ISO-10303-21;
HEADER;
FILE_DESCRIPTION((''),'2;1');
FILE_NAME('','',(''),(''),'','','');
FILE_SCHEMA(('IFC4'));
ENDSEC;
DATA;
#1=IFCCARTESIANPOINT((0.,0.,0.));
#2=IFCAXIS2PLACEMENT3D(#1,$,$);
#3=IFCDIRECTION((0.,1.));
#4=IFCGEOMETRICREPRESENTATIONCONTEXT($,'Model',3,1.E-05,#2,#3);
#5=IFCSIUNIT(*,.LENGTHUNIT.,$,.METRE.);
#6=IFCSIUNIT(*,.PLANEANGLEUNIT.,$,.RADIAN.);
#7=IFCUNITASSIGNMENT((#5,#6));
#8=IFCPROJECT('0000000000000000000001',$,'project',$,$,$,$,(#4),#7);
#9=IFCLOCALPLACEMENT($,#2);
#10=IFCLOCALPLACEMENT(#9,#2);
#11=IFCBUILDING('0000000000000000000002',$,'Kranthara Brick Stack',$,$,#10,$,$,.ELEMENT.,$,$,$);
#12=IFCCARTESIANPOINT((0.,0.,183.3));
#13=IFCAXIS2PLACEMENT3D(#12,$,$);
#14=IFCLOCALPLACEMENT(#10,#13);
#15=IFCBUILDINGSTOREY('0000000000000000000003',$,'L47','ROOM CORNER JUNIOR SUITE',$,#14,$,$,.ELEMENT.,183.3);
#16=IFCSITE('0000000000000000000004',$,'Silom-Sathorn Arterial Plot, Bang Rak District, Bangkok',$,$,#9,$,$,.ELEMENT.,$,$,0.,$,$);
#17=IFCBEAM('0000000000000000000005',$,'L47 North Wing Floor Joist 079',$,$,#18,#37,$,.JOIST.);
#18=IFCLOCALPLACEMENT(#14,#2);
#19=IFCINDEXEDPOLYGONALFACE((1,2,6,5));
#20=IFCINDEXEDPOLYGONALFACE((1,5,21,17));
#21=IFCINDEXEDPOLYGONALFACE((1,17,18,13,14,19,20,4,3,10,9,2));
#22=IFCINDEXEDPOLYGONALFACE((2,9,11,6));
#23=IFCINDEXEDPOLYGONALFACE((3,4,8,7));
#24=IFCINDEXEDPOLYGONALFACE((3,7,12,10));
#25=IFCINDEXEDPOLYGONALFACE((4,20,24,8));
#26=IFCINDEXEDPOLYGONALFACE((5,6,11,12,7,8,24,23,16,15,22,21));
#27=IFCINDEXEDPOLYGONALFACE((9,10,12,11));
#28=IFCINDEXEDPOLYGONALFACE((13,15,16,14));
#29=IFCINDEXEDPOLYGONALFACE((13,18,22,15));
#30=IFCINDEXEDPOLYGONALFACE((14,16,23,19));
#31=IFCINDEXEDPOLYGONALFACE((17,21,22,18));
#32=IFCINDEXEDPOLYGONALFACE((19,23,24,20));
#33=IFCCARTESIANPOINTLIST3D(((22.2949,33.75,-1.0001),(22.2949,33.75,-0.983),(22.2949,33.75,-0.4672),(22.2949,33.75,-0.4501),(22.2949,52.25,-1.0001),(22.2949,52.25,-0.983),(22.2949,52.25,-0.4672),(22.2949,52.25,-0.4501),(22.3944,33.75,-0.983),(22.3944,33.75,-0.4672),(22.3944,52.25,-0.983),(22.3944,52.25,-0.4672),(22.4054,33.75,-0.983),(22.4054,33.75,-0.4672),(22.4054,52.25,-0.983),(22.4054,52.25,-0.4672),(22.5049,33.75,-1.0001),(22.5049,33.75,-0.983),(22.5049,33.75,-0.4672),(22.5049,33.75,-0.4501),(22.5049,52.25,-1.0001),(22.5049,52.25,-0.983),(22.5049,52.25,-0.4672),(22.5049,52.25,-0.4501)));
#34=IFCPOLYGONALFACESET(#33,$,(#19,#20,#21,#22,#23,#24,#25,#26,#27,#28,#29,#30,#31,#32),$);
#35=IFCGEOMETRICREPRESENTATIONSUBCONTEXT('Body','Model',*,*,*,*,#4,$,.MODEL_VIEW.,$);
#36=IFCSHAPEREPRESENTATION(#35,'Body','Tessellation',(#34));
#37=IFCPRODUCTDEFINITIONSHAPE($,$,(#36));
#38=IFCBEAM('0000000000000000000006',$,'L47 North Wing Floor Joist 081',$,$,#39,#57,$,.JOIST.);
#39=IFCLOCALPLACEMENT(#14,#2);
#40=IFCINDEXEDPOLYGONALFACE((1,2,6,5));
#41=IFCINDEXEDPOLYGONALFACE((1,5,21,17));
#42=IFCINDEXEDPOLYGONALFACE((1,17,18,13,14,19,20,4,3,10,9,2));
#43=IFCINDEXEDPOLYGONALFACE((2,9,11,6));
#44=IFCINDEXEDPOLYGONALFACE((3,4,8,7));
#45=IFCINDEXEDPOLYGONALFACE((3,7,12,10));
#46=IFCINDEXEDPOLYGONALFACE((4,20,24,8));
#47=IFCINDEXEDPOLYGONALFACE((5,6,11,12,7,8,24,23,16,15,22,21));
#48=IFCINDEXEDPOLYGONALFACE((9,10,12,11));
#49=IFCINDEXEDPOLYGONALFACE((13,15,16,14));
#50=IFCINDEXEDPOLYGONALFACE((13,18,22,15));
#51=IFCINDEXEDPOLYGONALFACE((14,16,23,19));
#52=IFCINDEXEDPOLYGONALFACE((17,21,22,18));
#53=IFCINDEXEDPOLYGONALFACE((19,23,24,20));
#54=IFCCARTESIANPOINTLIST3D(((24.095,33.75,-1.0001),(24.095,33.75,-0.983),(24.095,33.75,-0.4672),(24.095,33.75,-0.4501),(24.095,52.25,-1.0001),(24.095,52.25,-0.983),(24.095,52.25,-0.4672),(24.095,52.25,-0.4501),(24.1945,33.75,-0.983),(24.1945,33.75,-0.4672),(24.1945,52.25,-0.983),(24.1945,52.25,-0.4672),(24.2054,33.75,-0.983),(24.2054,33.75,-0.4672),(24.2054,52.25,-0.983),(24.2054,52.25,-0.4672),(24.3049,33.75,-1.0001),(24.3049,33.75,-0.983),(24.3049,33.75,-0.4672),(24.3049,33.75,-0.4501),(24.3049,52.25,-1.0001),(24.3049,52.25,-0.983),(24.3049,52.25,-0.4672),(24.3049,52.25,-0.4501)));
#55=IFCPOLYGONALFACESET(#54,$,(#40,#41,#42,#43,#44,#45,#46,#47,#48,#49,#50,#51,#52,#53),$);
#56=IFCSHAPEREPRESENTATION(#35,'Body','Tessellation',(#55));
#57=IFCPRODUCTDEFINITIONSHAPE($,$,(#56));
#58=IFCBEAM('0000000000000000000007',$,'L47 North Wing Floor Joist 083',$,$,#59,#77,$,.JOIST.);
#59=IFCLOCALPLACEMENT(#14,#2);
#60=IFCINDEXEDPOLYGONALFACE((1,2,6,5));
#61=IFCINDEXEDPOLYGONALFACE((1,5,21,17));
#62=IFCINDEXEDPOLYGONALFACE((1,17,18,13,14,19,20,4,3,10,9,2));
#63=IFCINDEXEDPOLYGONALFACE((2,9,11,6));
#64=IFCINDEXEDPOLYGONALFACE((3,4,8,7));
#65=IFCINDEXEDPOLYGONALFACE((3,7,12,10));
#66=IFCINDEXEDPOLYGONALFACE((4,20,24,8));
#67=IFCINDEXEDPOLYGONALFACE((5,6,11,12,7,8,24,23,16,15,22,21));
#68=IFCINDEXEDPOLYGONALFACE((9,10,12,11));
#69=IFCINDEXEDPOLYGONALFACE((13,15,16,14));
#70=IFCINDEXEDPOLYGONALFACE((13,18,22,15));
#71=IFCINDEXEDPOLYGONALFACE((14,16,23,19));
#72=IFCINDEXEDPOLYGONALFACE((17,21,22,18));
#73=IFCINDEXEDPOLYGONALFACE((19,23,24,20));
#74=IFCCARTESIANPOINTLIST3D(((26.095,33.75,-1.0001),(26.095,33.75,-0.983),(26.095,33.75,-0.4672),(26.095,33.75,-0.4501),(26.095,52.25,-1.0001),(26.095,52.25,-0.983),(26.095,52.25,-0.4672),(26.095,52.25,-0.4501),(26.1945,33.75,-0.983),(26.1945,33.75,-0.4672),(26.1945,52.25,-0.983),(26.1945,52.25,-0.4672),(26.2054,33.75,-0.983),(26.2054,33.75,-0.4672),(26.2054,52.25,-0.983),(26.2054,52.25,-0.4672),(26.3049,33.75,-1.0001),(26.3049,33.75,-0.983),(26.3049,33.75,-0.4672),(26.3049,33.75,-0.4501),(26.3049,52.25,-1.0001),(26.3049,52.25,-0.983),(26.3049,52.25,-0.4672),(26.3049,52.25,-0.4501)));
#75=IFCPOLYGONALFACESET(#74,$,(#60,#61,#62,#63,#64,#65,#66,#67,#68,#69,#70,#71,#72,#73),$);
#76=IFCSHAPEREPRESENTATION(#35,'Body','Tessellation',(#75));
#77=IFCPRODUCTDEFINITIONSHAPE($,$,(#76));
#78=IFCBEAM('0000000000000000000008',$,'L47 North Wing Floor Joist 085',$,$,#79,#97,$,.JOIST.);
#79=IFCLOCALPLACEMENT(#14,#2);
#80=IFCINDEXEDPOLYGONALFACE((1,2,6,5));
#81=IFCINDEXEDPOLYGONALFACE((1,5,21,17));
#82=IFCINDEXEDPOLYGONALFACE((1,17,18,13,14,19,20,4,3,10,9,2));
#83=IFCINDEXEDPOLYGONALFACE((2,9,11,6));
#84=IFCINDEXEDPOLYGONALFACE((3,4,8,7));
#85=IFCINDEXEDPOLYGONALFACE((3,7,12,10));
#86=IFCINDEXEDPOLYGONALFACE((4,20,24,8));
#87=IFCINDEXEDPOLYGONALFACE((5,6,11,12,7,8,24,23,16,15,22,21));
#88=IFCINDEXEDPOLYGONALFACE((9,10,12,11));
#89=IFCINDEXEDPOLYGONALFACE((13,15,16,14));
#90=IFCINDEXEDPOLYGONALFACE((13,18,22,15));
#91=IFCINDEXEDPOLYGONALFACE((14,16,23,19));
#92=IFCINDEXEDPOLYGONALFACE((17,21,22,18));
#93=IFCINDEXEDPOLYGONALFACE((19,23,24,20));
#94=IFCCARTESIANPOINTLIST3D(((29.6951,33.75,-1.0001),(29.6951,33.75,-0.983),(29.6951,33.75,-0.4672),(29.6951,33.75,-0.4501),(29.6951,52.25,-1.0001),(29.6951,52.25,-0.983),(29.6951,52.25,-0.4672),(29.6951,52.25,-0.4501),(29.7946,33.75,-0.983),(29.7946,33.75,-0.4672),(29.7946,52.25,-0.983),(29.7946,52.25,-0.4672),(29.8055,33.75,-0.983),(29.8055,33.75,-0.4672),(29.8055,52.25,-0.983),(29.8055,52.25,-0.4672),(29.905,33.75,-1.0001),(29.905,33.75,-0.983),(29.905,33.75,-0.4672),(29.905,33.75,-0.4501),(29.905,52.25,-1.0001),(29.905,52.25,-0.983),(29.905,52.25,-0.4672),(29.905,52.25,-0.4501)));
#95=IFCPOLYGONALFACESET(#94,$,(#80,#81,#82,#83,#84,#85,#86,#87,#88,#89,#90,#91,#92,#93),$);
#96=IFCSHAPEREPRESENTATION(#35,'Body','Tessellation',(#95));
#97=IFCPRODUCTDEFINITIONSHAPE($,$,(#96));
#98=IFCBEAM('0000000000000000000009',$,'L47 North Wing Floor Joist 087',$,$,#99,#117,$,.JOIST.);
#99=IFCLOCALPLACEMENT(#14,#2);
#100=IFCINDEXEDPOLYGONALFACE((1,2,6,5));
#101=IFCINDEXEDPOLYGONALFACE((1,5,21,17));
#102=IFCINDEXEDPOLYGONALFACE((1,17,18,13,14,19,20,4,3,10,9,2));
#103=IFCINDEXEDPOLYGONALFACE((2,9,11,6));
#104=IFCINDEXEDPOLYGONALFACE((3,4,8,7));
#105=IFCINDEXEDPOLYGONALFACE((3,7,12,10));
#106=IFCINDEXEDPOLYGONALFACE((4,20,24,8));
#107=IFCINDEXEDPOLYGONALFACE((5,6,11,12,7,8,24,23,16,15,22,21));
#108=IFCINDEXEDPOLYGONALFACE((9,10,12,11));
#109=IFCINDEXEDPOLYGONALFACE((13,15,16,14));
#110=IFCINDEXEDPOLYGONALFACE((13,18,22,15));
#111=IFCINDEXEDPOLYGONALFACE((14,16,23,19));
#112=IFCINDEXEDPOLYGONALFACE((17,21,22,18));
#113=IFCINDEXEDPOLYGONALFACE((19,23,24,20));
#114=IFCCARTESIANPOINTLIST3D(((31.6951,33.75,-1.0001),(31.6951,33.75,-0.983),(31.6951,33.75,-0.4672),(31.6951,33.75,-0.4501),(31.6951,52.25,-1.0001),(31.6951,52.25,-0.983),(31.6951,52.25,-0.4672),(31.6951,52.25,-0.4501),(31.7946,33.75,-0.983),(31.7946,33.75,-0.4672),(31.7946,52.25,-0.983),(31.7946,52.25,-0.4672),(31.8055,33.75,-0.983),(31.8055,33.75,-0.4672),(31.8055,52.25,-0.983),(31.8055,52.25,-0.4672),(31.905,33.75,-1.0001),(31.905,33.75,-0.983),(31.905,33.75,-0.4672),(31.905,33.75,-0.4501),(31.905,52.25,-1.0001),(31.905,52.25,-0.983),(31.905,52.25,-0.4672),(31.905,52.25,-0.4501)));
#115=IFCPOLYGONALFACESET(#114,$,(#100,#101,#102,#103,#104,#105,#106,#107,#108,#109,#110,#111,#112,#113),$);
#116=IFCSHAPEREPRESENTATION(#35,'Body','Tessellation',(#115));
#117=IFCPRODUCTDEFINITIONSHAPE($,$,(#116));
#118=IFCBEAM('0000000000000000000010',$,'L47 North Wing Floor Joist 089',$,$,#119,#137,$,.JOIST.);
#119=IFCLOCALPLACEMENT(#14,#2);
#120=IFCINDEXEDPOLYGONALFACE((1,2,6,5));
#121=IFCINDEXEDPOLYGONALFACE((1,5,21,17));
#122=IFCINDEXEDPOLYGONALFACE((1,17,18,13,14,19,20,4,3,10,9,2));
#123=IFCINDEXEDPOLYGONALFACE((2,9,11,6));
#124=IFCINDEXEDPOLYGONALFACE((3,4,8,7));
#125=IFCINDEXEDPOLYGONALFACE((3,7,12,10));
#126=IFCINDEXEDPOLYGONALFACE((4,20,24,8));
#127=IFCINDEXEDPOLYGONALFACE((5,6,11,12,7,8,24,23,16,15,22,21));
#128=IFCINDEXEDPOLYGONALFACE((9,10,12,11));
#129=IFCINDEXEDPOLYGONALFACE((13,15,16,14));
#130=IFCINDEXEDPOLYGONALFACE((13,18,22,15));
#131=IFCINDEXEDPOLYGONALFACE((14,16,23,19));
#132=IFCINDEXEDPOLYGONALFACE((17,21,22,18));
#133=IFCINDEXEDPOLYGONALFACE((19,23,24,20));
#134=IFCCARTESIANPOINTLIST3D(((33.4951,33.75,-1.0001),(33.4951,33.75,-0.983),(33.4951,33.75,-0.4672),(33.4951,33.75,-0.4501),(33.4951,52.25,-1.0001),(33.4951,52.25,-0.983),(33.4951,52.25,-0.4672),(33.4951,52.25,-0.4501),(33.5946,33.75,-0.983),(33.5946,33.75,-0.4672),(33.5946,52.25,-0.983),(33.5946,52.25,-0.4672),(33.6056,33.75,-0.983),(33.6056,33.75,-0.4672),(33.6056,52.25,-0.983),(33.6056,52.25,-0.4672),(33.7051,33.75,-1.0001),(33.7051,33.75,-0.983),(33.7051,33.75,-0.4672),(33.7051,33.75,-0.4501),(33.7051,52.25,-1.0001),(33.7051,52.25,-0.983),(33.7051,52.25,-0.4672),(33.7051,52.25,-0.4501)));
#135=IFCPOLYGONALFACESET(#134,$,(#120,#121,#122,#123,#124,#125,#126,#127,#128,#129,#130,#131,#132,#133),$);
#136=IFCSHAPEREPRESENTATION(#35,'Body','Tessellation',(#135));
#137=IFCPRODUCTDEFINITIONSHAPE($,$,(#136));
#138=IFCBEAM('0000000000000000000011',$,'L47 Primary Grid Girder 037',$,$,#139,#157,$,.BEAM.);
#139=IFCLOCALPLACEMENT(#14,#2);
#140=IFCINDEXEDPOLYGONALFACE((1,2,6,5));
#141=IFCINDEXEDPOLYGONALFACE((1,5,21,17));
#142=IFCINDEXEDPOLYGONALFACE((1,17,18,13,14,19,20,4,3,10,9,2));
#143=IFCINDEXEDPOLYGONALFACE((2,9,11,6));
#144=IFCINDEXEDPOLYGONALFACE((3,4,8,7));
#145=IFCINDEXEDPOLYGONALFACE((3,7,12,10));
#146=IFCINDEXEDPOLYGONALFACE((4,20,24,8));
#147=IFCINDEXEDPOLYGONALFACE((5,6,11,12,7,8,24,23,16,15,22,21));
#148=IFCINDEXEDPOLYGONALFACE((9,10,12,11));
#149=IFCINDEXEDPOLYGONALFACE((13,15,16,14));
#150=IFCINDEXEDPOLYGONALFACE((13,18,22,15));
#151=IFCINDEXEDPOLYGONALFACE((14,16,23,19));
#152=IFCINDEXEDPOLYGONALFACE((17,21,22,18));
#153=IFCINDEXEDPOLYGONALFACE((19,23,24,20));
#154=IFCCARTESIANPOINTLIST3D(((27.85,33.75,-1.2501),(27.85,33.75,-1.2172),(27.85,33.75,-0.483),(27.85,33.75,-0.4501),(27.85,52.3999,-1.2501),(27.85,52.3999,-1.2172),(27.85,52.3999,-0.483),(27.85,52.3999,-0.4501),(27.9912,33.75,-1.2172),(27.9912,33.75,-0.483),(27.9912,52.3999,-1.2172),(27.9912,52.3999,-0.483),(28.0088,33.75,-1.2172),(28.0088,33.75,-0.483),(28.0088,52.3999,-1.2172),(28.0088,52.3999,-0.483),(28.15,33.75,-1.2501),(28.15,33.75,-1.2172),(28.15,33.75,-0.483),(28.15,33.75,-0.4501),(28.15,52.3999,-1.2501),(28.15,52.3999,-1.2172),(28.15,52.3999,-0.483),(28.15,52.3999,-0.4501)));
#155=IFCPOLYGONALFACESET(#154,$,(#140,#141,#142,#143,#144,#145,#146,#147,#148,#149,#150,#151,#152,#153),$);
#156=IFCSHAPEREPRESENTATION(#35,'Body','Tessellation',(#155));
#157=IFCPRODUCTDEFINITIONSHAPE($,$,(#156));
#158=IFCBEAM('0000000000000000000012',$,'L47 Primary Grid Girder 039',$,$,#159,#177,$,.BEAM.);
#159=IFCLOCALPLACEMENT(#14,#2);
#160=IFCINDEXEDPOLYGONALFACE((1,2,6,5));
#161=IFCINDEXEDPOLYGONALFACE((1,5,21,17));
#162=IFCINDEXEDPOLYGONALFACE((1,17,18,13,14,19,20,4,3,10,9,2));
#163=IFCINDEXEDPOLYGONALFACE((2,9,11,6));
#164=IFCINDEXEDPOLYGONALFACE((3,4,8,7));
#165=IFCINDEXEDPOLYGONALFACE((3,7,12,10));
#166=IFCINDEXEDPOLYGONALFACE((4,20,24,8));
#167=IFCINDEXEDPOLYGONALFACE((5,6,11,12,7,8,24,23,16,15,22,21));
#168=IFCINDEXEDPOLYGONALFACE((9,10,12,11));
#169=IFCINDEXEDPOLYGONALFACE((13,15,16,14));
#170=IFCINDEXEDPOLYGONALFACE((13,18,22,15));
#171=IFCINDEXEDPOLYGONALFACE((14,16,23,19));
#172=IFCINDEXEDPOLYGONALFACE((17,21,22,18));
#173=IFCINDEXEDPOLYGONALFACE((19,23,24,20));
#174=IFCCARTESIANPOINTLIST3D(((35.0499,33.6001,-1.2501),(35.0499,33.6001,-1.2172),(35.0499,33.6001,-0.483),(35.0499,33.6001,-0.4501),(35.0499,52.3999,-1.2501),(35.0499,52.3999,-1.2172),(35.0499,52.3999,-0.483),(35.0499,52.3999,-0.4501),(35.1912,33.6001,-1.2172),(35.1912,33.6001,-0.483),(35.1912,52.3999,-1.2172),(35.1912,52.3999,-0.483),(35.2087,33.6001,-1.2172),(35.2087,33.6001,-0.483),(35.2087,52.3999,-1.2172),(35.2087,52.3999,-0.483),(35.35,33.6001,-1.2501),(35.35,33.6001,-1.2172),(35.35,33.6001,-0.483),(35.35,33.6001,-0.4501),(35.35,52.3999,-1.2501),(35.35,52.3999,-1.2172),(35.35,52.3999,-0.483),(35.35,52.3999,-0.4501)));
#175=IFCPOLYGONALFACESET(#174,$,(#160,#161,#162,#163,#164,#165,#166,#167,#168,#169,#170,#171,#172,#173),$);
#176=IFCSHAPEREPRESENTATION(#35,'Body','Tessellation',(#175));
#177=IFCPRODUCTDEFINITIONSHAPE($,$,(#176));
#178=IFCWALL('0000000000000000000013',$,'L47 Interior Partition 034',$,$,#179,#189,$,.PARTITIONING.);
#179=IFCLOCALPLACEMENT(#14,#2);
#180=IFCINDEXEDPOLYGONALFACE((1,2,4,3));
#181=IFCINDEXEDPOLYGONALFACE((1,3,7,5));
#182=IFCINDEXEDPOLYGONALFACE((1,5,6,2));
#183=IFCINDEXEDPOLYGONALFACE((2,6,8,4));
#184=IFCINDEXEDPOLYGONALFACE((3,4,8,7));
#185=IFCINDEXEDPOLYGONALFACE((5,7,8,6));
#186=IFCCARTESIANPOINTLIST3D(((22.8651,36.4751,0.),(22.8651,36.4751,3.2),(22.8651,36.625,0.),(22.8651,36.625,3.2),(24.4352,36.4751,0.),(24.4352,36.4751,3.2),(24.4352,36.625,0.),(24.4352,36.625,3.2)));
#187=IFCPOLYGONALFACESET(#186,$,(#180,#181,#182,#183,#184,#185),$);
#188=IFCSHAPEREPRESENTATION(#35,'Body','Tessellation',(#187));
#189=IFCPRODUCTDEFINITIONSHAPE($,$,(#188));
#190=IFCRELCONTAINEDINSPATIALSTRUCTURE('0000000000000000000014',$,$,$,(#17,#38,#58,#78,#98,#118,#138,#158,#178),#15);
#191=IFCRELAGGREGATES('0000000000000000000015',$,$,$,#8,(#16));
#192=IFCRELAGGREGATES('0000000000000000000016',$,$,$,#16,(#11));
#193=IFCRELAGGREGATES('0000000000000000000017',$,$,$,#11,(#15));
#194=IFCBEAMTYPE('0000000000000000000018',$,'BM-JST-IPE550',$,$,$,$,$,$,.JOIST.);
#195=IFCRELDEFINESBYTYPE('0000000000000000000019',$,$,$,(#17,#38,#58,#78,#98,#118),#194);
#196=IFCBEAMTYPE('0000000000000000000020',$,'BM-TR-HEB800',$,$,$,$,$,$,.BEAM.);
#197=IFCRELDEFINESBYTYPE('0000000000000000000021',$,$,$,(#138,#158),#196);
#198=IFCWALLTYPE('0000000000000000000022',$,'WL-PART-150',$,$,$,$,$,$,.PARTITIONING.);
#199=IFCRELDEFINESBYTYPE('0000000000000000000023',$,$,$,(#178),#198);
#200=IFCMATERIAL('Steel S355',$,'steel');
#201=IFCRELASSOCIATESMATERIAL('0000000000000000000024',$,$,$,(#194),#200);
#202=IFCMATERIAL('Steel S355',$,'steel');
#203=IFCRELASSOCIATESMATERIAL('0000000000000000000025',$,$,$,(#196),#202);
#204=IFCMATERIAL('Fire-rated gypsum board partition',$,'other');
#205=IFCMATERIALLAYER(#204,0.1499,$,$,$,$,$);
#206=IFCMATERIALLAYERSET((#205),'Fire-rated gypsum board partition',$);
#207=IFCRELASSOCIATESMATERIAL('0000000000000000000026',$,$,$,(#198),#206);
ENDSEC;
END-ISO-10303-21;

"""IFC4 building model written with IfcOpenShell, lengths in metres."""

from ifc_helpers import new_model, si_unit, direction, frame, frame_2d, origin, origin_2d, place, context, subcontext, project, spatial, rectangle, i_section, extrude, material, layer, layer_set, material_profile, profile_set, type_object, element, save


model = new_model("IFC4")

# Units and contexts
model_context = context("Model", 3, precision=1e-05, world=origin(), true_north=direction((0.0, 1.0)))
body_context = subcontext(model_context, "Body", "Model", "MODEL_VIEW")
ifc_project = project(units=[si_unit("LENGTHUNIT", "METRE"), si_unit("PLANEANGLEUNIT", "RADIAN")], contexts=[model_context])

# Site, building, storey
site_placement = place(None, origin())
site = spatial("IfcSite", under=ifc_project, at=site_placement, Name="Silom-Sathorn Arterial Plot, Bang Rak District, Bangkok", CompositionType="ELEMENT", RefElevation=0.0)
building_placement = place(site_placement, origin())
building = spatial("IfcBuilding", under=site, at=building_placement, Name="Kranthara Brick Stack", CompositionType="ELEMENT")
storey_placement = place(building_placement, frame((0.0, 0.0, 183.3)))
storey = spatial("IfcBuildingStorey", under=building, at=storey_placement, Name="L47", Description="ROOM CORNER JUNIOR SUITE", CompositionType="ELEMENT", Elevation=183.3)

# Beams
ifc_material_1 = material(Name="Steel S355", Category="steel")
ifc_material_profile_1 = material_profile(ifc_material_1, i_section(OverallWidth=0.21, OverallDepth=0.55, WebThickness=0.011, FlangeThickness=0.0171, at=origin_2d()), Name="IPE 550")
ifc_profile_set_1 = profile_set([ifc_material_profile_1], Name="Steel S355")
beam_type_1 = type_object("IfcBeamType", Name="BM-JST-IPE550", PredefinedType="JOIST", material=ifc_profile_set_1)
for number, where, z_axis, x_axis, name in (
    (1, (22.3999, 33.75, -0.7251), (0.0, 1.0, 0.0), (-1.0, 0.0, 0.0), "L47 North Wing Floor Joist 079"),
    (2, (24.2, 33.75, -0.7251), (0.0, 1.0, 0.0), (-1.0, 0.0, 0.0), "L47 North Wing Floor Joist 081"),
    (3, (26.2, 33.75, -0.7251), (0.0, 1.0, 0.0), (-1.0, 0.0, 0.0), "L47 North Wing Floor Joist 083"),
    (4, (29.8, 33.75, -0.7251), (0.0, 1.0, 0.0), (-1.0, 0.0, 0.0), "L47 North Wing Floor Joist 085"),
    (5, (31.8, 33.75, -0.7251), (0.0, 1.0, 0.0), (-1.0, 0.0, 0.0), "L47 North Wing Floor Joist 087"),
    (6, (33.6001, 33.75, -0.7251), (0.0, 1.0, 0.0), (-1.0, 0.0, 0.0), "L47 North Wing Floor Joist 089"),
):
    element("IfcBeam", number, at=place(storey_placement, frame(where, z_axis=z_axis, x_axis=x_axis)), inside=storey, type_object=beam_type_1, Name=name, PredefinedType="JOIST", context=body_context, shape_type="SweptSolid", body=[
        extrude(i_section(OverallWidth=0.21, OverallDepth=0.55, WebThickness=0.011, FlangeThickness=0.0171, at=origin_2d()), origin(), (0.0, 0.0, 1.0), 18.5),
    ])
ifc_material_2 = material(Name="Steel S355", Category="steel")
ifc_material_profile_2 = material_profile(ifc_material_2, i_section(OverallWidth=0.3, OverallDepth=0.8, WebThickness=0.0176, FlangeThickness=0.033, at=origin_2d()), Name="HEB 800")
ifc_profile_set_2 = profile_set([ifc_material_profile_2], Name="Steel S355")
beam_type_2 = type_object("IfcBeamType", Name="BM-TR-HEB800", PredefinedType="BEAM", material=ifc_profile_set_2)
beam_1_placement = place(storey_placement, frame((28.0, 33.75, -0.8501), z_axis=(0.0, 1.0, 0.0), x_axis=(-1.0, 0.0, 0.0)))
element("IfcBeam", 7, at=beam_1_placement, inside=storey, type_object=beam_type_2, Name="L47 Primary Grid Girder 037", PredefinedType="BEAM", context=body_context, shape_type="SweptSolid", body=[
    extrude(i_section(OverallWidth=0.3, OverallDepth=0.8, WebThickness=0.0176, FlangeThickness=0.033, at=origin_2d()), origin(), (0.0, 0.0, 1.0), 18.6499),
])
beam_2_placement = place(storey_placement, frame((35.2, 33.6001, -0.8501), z_axis=(0.0, 1.0, 0.0), x_axis=(-1.0, 0.0, 0.0)))
element("IfcBeam", 8, at=beam_2_placement, inside=storey, type_object=beam_type_2, Name="L47 Primary Grid Girder 039", PredefinedType="BEAM", context=body_context, shape_type="SweptSolid", body=[
    extrude(i_section(OverallWidth=0.3, OverallDepth=0.8, WebThickness=0.0176, FlangeThickness=0.033, at=origin_2d()), origin(), (0.0, 0.0, 1.0), 18.7998),
])

# Wall
ifc_material_3 = material(Name="Fire-rated gypsum board partition", Category="other")
ifc_layer = layer(ifc_material_3, 0.1499)
ifc_layer_set = layer_set([ifc_layer], Name="Fire-rated gypsum board partition")
wall_type = type_object("IfcWallType", Name="WL-PART-150", PredefinedType="PARTITIONING", material=ifc_layer_set)
wall_placement = place(storey_placement, frame((22.865, 36.55, 0.0), z_axis=(0.0, 0.0, 1.0), x_axis=(1.0, 0.0, 0.0)))
element("IfcWall", 9, at=wall_placement, inside=storey, type_object=wall_type, Name="L47 Interior Partition 034", PredefinedType="PARTITIONING", context=body_context, shape_type="SweptSolid", body=[
    extrude(rectangle(XDim=1.5701, YDim=0.1499, at=frame_2d((0.7852, 0.0))), origin(), (0.0, 0.0, 1.0), 3.2),
])

save(model, "model.ifc")
